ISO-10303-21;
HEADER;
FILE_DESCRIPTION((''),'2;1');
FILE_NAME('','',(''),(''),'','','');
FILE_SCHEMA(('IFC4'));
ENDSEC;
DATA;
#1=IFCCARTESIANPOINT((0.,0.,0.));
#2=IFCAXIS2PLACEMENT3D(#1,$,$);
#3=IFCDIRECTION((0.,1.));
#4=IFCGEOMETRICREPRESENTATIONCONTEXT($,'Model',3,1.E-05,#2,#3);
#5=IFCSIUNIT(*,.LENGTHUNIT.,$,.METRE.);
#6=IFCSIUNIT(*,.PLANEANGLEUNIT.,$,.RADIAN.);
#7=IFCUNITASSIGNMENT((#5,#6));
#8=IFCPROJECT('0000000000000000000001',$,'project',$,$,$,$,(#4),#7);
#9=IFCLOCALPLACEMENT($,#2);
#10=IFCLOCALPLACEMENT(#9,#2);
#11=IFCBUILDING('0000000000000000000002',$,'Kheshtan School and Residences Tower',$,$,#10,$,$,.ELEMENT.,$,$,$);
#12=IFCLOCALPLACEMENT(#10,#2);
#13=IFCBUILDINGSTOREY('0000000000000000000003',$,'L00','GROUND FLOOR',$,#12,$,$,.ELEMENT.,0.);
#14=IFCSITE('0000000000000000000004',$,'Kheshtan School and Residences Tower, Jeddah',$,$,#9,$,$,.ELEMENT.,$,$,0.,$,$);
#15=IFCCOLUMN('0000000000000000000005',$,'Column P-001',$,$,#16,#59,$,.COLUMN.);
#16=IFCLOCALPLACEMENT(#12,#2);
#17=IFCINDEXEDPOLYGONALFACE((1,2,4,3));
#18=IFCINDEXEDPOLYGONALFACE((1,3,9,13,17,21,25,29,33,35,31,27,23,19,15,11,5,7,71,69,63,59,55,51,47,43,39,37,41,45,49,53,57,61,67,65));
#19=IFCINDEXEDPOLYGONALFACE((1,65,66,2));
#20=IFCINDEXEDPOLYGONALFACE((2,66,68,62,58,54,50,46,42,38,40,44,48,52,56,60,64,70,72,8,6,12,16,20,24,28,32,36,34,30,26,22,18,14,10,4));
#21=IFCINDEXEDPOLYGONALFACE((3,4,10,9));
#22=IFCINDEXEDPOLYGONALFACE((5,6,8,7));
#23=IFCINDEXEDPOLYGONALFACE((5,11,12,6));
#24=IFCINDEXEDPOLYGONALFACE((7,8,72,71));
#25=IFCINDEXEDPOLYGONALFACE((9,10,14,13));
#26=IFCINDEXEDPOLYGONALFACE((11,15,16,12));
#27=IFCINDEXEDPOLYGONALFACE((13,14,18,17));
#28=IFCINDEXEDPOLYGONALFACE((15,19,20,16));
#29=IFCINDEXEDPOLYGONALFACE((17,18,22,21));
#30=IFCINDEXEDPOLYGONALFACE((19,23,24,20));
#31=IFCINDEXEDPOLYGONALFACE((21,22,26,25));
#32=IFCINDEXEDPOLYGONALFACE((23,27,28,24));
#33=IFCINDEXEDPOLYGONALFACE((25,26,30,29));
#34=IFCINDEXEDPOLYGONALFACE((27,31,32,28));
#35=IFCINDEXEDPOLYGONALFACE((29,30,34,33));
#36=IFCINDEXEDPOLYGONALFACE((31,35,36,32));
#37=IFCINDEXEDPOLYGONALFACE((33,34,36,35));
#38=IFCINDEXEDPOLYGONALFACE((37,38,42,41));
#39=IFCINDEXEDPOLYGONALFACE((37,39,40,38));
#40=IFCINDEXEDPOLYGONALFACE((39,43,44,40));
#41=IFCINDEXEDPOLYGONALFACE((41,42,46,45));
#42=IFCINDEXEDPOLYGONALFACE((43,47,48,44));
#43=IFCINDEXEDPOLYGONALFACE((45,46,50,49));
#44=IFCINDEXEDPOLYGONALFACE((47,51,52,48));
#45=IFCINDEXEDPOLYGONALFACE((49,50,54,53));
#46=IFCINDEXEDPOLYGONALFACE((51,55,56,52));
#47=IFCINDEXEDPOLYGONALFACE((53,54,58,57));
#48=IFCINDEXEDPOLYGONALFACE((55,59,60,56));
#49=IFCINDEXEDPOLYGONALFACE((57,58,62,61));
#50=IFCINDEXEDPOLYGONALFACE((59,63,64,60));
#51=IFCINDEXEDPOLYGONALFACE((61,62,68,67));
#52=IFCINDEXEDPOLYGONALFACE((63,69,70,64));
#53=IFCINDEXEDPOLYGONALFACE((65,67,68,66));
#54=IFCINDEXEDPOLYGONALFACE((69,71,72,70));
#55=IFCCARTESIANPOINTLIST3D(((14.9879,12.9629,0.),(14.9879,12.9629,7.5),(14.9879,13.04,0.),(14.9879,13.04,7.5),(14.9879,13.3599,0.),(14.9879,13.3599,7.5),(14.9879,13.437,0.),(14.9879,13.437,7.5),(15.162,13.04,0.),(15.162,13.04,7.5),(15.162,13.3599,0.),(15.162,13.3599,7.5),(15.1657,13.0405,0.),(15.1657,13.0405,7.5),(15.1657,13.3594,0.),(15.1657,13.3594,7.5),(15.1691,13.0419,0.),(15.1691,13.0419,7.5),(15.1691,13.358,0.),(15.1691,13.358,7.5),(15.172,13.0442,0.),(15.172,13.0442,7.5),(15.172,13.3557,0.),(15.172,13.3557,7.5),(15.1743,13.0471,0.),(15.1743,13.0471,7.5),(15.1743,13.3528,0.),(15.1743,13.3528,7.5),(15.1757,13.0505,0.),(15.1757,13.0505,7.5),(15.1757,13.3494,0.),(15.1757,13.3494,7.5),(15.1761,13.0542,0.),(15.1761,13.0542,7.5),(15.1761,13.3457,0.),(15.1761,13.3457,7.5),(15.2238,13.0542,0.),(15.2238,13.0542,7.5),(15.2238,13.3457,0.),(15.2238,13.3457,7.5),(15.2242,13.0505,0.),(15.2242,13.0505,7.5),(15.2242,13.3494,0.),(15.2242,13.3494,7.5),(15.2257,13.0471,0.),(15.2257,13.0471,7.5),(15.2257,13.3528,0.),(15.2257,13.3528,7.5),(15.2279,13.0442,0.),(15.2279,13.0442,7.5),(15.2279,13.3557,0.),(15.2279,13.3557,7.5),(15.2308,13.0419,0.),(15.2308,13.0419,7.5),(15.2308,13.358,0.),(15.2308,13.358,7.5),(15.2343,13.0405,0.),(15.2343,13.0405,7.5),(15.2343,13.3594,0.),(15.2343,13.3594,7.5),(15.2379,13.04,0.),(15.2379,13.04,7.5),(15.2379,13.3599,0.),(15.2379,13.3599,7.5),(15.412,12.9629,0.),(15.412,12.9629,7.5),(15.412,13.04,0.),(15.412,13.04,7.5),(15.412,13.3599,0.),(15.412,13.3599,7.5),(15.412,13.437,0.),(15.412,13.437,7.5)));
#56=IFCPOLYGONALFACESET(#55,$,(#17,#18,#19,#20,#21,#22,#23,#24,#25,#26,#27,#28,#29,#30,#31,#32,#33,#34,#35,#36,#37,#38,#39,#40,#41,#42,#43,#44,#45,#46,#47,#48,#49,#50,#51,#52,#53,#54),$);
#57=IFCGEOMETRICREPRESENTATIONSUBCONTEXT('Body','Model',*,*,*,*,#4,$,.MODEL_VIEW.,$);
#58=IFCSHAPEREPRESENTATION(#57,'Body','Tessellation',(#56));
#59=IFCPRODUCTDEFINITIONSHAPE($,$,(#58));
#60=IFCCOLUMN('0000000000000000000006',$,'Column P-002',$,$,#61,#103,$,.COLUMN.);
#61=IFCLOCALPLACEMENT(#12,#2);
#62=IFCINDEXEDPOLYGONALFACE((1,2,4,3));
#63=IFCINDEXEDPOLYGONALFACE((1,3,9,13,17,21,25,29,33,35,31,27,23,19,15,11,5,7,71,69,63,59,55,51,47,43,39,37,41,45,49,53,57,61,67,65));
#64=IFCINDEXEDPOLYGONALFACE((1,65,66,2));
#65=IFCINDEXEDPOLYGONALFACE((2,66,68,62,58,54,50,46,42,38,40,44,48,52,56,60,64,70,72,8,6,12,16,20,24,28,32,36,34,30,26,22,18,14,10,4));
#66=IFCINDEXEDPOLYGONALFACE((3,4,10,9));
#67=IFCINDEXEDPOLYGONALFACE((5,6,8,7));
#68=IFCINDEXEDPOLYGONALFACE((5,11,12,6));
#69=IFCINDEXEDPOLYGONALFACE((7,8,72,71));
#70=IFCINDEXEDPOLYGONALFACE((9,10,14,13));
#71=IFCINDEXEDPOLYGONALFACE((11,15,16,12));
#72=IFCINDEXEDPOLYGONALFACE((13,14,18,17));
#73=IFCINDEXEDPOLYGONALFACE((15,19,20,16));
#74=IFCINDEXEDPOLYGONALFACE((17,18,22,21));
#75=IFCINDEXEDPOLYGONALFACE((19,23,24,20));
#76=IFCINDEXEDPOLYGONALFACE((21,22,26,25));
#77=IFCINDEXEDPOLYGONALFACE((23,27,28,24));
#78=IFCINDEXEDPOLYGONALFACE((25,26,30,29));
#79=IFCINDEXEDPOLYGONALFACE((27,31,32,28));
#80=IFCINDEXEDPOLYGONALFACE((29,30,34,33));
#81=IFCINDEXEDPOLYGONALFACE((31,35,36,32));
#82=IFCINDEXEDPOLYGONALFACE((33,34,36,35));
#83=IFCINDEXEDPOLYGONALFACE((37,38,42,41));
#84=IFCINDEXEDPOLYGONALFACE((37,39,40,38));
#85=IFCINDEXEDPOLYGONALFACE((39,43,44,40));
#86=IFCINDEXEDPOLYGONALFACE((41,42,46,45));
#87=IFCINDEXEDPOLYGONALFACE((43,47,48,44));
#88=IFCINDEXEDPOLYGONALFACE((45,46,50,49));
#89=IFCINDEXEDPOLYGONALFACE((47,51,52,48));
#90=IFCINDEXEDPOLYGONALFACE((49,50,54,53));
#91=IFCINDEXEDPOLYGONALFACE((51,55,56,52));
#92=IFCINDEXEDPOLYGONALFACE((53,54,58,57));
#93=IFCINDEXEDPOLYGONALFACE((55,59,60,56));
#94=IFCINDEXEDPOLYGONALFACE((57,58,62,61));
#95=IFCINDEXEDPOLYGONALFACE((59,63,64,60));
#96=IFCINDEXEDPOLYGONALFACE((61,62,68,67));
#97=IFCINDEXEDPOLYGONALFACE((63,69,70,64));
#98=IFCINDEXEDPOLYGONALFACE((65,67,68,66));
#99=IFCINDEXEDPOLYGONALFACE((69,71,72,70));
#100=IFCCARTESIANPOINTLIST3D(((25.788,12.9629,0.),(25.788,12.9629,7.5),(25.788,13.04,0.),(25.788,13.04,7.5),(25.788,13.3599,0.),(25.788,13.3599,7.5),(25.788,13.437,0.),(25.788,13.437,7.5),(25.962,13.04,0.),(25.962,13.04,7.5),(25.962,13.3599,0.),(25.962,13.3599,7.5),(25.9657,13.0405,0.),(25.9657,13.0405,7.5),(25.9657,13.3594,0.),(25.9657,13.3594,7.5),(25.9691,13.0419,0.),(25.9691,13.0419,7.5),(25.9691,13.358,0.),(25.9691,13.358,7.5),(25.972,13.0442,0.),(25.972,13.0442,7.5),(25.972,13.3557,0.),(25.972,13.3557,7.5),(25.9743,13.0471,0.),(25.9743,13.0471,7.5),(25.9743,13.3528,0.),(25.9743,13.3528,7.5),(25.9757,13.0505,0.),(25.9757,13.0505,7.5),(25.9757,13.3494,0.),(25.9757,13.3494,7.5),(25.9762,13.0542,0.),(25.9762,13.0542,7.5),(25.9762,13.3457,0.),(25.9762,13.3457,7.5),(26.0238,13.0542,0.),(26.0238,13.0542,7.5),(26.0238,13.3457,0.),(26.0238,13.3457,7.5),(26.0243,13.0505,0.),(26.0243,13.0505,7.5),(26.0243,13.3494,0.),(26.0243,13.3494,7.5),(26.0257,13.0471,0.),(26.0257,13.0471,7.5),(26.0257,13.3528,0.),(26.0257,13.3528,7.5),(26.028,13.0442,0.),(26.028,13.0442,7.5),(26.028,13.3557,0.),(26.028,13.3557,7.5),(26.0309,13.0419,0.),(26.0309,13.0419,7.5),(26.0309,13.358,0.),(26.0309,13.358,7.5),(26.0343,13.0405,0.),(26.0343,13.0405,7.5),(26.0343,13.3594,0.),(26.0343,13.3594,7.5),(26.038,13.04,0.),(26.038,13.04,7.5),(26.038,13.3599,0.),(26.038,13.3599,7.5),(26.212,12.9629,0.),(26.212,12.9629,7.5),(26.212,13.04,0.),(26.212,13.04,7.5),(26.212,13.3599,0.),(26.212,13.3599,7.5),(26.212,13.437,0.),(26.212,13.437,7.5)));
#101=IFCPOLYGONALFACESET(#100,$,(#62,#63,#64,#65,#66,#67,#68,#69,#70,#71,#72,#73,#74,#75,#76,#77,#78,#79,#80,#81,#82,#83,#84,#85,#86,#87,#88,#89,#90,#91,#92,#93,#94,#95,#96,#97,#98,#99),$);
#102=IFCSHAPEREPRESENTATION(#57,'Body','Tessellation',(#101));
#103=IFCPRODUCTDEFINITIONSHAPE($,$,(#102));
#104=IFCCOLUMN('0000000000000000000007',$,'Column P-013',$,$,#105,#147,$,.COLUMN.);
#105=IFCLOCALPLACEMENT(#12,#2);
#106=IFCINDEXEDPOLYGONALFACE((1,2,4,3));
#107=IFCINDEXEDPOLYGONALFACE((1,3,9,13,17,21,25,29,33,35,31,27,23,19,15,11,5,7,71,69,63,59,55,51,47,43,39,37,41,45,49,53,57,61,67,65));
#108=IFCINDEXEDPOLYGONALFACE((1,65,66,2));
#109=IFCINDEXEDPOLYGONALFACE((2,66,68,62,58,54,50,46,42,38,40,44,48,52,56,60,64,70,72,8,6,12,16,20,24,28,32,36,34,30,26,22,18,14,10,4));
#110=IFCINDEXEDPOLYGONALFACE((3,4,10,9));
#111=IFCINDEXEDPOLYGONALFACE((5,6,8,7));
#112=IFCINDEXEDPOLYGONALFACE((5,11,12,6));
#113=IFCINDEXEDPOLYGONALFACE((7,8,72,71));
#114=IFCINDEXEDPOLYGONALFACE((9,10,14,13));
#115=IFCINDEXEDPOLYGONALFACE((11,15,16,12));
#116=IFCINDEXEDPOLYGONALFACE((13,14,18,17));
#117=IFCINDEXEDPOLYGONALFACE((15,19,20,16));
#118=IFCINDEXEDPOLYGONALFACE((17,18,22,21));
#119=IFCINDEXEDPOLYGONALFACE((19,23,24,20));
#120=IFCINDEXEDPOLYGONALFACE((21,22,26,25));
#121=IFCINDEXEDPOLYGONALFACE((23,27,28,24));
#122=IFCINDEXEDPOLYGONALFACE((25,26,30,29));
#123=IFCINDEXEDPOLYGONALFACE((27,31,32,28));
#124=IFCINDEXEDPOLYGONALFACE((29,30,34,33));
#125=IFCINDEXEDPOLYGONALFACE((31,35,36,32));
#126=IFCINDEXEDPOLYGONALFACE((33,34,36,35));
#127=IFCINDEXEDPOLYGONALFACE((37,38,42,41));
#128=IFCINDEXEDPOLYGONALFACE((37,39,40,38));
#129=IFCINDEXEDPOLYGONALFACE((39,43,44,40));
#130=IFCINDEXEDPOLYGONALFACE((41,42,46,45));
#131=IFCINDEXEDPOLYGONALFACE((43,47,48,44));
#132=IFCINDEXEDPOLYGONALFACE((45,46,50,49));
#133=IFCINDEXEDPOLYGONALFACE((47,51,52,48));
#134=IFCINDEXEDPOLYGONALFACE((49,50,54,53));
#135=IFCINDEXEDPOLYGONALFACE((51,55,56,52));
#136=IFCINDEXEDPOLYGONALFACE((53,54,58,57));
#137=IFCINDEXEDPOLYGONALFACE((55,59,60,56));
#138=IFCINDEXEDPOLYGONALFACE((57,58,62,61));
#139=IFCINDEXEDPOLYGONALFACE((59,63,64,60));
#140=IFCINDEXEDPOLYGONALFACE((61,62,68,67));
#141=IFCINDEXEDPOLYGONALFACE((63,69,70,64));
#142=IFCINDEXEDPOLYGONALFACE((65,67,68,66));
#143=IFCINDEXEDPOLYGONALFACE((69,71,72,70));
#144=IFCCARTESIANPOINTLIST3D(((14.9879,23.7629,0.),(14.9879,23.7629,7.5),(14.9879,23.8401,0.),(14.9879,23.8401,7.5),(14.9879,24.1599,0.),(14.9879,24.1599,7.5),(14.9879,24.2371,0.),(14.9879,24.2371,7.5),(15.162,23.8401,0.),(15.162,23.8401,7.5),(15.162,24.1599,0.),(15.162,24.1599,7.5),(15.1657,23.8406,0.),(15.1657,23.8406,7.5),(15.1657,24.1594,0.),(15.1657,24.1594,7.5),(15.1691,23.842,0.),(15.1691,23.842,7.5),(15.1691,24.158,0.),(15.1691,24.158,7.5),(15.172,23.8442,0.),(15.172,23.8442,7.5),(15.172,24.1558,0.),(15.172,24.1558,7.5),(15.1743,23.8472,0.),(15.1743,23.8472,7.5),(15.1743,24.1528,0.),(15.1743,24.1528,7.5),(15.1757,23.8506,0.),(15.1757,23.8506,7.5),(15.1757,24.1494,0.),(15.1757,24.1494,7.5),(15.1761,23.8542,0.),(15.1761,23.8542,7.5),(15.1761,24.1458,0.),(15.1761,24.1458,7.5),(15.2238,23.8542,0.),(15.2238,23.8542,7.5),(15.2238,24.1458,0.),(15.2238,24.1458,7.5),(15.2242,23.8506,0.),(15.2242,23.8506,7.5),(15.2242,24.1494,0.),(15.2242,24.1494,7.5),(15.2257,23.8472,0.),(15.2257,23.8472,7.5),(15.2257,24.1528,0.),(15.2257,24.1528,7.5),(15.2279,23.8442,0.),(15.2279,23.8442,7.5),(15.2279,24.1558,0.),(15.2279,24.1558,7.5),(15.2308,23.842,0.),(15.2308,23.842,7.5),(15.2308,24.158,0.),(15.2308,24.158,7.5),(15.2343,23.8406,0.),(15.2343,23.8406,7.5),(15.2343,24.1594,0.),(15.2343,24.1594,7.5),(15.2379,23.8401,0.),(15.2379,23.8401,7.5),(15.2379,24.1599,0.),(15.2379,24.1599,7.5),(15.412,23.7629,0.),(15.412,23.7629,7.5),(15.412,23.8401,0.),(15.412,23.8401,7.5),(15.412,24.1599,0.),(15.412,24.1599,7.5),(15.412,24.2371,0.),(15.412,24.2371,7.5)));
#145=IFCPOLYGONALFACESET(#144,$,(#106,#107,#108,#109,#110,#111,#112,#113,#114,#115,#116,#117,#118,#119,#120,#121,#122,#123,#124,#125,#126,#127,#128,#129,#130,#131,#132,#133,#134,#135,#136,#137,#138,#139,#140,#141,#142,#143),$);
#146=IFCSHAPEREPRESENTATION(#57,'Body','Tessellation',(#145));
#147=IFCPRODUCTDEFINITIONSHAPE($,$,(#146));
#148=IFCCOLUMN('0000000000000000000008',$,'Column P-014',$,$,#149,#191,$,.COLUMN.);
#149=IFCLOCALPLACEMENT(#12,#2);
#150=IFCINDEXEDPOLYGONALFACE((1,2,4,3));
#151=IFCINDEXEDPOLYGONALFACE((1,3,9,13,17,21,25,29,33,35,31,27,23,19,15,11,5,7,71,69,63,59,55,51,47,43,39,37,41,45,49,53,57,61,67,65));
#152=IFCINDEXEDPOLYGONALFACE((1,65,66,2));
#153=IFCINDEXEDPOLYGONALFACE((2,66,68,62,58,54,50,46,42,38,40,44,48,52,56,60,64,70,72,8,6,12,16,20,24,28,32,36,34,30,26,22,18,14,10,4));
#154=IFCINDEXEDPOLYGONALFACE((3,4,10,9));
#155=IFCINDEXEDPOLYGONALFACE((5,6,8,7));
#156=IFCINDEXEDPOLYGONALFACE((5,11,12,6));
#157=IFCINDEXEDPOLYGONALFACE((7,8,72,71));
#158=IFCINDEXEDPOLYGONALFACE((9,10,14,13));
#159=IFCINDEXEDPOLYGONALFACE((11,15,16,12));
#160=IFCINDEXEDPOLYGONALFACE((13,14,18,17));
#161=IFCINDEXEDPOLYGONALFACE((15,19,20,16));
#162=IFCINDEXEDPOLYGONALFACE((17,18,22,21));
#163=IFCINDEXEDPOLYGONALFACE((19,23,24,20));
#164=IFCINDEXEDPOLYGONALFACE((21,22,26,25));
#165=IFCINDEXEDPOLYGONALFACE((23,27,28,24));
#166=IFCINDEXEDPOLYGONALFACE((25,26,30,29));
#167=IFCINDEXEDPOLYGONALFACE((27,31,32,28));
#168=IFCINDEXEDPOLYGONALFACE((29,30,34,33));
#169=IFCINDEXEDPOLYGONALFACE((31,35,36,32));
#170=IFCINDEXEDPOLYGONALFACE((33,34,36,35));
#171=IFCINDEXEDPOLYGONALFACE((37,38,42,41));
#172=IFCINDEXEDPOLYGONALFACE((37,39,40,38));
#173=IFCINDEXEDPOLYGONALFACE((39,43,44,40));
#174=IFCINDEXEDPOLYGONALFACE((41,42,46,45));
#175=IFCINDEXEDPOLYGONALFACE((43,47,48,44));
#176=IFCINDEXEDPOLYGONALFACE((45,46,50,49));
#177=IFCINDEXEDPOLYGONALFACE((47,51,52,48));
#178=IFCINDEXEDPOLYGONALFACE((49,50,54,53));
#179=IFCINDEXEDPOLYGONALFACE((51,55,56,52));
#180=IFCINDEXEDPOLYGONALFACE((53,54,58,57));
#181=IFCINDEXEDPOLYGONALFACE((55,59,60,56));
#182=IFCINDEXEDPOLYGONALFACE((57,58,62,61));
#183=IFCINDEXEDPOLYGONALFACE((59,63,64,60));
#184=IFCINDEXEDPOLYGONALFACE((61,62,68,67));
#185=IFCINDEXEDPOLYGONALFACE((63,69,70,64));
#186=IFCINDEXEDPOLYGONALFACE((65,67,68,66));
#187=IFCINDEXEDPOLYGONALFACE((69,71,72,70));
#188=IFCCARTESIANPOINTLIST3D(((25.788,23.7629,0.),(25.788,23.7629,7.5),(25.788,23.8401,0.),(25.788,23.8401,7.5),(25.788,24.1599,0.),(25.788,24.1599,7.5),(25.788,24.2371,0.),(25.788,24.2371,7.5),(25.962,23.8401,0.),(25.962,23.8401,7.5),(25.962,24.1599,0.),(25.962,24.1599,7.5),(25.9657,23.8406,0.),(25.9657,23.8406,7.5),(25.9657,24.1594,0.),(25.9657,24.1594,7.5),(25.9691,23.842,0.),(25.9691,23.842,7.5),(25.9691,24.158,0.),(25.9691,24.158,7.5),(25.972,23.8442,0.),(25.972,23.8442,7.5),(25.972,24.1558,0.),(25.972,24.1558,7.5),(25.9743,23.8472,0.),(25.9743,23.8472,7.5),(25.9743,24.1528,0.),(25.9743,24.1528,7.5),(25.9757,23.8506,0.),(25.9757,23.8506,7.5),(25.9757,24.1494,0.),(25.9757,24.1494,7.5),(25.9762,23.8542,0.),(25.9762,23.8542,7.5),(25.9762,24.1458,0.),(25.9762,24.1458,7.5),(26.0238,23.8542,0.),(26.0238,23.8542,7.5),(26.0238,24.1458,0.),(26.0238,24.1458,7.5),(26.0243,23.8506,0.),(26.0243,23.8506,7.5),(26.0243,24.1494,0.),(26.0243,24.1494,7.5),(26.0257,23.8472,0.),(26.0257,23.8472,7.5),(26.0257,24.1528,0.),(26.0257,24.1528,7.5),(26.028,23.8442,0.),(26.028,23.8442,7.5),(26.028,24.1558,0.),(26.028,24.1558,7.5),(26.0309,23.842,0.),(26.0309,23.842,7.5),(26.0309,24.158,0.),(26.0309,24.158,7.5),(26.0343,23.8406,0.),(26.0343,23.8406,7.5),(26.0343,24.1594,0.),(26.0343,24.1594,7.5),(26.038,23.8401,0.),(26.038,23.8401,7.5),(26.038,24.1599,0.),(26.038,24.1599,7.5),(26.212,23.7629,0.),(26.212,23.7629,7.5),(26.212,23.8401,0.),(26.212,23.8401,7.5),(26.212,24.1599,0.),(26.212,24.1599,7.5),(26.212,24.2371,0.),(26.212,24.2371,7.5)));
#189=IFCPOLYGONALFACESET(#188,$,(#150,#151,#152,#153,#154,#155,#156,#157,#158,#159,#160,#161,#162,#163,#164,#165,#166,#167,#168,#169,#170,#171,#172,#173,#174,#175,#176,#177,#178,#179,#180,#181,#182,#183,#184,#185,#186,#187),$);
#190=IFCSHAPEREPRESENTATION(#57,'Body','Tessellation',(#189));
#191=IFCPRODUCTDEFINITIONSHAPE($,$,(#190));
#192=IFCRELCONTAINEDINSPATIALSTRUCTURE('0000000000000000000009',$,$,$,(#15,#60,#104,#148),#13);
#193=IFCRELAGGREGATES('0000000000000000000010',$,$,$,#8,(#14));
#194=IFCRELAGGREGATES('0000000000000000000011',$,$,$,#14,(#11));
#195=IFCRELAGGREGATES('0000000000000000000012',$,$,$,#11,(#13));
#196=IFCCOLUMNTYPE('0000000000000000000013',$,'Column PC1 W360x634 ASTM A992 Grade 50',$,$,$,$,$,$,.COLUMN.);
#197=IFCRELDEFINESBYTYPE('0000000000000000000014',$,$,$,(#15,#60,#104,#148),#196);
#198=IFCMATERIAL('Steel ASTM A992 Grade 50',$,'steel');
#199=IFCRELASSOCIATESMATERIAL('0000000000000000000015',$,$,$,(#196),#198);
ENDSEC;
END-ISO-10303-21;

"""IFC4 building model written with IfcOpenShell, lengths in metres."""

from ifc_helpers import new_model, si_unit, direction, frame, origin, origin_2d, place, context, subcontext, project, spatial, i_section, extrude, material, material_profile, profile_set, type_object, element, save


model = new_model("IFC4")

# Units and contexts
model_context = context("Model", 3, precision=1e-05, world=origin(), true_north=direction((0.0, 1.0)))
body_context = subcontext(model_context, "Body", "Model", "MODEL_VIEW")
ifc_project = project(units=[si_unit("LENGTHUNIT", "METRE"), si_unit("PLANEANGLEUNIT", "RADIAN")], contexts=[model_context])

# Site, building, storey
site_placement = place(None, origin())
site = spatial("IfcSite", under=ifc_project, at=site_placement, Name="Kheshtan School and Residences Tower, Jeddah", CompositionType="ELEMENT", RefElevation=0.0)
building_placement = place(site_placement, origin())
building = spatial("IfcBuilding", under=site, at=building_placement, Name="Kheshtan School and Residences Tower", CompositionType="ELEMENT")
storey_placement = place(building_placement, origin())
storey = spatial("IfcBuildingStorey", under=building, at=storey_placement, Name="L00", Description="GROUND FLOOR", CompositionType="ELEMENT", Elevation=0.0)

# Columns
ifc_material_1 = material(Name="Steel ASTM A992 Grade 50", Category="steel")
ifc_material_profile_1 = material_profile(ifc_material_1, i_section(OverallWidth=0.4241, OverallDepth=0.4741, WebThickness=0.0476, FlangeThickness=0.0771, FilletRadius=0.0142, at=origin_2d()), Name="W360x634")
ifc_profile_set_1 = profile_set([ifc_material_profile_1], Name="Steel ASTM A992 Grade 50")
column_type = type_object("IfcColumnType", Name="Column PC1 W360x634 ASTM A992 Grade 50", PredefinedType="COLUMN", material=ifc_profile_set_1)
for number, where, z_axis, x_axis, name in (
    (1, (15.2, 13.2, 0.0), (0.0, 0.0, 1.0), (1.0, 0.0, 0.0), "Column P-001"),
    (2, (26.0, 13.2, 0.0), (0.0, 0.0, 1.0), (1.0, 0.0, 0.0), "Column P-002"),
    (3, (15.2, 24.0, 0.0), (0.0, 0.0, 1.0), (1.0, 0.0, 0.0), "Column P-013"),
    (4, (26.0, 24.0, 0.0), (0.0, 0.0, 1.0), (1.0, 0.0, 0.0), "Column P-014"),
):
    element("IfcColumn", number, at=place(storey_placement, frame(where, z_axis=z_axis, x_axis=x_axis)), inside=storey, type_object=column_type, Name=name, PredefinedType="COLUMN", context=body_context, shape_type="SweptSolid", body=[
        extrude(i_section(OverallWidth=0.4241, OverallDepth=0.4741, WebThickness=0.0476, FlangeThickness=0.0771, FilletRadius=0.0142, at=origin_2d()), origin(), (0.0, 0.0, 1.0), 7.5),
    ])

save(model, "model.ifc")
